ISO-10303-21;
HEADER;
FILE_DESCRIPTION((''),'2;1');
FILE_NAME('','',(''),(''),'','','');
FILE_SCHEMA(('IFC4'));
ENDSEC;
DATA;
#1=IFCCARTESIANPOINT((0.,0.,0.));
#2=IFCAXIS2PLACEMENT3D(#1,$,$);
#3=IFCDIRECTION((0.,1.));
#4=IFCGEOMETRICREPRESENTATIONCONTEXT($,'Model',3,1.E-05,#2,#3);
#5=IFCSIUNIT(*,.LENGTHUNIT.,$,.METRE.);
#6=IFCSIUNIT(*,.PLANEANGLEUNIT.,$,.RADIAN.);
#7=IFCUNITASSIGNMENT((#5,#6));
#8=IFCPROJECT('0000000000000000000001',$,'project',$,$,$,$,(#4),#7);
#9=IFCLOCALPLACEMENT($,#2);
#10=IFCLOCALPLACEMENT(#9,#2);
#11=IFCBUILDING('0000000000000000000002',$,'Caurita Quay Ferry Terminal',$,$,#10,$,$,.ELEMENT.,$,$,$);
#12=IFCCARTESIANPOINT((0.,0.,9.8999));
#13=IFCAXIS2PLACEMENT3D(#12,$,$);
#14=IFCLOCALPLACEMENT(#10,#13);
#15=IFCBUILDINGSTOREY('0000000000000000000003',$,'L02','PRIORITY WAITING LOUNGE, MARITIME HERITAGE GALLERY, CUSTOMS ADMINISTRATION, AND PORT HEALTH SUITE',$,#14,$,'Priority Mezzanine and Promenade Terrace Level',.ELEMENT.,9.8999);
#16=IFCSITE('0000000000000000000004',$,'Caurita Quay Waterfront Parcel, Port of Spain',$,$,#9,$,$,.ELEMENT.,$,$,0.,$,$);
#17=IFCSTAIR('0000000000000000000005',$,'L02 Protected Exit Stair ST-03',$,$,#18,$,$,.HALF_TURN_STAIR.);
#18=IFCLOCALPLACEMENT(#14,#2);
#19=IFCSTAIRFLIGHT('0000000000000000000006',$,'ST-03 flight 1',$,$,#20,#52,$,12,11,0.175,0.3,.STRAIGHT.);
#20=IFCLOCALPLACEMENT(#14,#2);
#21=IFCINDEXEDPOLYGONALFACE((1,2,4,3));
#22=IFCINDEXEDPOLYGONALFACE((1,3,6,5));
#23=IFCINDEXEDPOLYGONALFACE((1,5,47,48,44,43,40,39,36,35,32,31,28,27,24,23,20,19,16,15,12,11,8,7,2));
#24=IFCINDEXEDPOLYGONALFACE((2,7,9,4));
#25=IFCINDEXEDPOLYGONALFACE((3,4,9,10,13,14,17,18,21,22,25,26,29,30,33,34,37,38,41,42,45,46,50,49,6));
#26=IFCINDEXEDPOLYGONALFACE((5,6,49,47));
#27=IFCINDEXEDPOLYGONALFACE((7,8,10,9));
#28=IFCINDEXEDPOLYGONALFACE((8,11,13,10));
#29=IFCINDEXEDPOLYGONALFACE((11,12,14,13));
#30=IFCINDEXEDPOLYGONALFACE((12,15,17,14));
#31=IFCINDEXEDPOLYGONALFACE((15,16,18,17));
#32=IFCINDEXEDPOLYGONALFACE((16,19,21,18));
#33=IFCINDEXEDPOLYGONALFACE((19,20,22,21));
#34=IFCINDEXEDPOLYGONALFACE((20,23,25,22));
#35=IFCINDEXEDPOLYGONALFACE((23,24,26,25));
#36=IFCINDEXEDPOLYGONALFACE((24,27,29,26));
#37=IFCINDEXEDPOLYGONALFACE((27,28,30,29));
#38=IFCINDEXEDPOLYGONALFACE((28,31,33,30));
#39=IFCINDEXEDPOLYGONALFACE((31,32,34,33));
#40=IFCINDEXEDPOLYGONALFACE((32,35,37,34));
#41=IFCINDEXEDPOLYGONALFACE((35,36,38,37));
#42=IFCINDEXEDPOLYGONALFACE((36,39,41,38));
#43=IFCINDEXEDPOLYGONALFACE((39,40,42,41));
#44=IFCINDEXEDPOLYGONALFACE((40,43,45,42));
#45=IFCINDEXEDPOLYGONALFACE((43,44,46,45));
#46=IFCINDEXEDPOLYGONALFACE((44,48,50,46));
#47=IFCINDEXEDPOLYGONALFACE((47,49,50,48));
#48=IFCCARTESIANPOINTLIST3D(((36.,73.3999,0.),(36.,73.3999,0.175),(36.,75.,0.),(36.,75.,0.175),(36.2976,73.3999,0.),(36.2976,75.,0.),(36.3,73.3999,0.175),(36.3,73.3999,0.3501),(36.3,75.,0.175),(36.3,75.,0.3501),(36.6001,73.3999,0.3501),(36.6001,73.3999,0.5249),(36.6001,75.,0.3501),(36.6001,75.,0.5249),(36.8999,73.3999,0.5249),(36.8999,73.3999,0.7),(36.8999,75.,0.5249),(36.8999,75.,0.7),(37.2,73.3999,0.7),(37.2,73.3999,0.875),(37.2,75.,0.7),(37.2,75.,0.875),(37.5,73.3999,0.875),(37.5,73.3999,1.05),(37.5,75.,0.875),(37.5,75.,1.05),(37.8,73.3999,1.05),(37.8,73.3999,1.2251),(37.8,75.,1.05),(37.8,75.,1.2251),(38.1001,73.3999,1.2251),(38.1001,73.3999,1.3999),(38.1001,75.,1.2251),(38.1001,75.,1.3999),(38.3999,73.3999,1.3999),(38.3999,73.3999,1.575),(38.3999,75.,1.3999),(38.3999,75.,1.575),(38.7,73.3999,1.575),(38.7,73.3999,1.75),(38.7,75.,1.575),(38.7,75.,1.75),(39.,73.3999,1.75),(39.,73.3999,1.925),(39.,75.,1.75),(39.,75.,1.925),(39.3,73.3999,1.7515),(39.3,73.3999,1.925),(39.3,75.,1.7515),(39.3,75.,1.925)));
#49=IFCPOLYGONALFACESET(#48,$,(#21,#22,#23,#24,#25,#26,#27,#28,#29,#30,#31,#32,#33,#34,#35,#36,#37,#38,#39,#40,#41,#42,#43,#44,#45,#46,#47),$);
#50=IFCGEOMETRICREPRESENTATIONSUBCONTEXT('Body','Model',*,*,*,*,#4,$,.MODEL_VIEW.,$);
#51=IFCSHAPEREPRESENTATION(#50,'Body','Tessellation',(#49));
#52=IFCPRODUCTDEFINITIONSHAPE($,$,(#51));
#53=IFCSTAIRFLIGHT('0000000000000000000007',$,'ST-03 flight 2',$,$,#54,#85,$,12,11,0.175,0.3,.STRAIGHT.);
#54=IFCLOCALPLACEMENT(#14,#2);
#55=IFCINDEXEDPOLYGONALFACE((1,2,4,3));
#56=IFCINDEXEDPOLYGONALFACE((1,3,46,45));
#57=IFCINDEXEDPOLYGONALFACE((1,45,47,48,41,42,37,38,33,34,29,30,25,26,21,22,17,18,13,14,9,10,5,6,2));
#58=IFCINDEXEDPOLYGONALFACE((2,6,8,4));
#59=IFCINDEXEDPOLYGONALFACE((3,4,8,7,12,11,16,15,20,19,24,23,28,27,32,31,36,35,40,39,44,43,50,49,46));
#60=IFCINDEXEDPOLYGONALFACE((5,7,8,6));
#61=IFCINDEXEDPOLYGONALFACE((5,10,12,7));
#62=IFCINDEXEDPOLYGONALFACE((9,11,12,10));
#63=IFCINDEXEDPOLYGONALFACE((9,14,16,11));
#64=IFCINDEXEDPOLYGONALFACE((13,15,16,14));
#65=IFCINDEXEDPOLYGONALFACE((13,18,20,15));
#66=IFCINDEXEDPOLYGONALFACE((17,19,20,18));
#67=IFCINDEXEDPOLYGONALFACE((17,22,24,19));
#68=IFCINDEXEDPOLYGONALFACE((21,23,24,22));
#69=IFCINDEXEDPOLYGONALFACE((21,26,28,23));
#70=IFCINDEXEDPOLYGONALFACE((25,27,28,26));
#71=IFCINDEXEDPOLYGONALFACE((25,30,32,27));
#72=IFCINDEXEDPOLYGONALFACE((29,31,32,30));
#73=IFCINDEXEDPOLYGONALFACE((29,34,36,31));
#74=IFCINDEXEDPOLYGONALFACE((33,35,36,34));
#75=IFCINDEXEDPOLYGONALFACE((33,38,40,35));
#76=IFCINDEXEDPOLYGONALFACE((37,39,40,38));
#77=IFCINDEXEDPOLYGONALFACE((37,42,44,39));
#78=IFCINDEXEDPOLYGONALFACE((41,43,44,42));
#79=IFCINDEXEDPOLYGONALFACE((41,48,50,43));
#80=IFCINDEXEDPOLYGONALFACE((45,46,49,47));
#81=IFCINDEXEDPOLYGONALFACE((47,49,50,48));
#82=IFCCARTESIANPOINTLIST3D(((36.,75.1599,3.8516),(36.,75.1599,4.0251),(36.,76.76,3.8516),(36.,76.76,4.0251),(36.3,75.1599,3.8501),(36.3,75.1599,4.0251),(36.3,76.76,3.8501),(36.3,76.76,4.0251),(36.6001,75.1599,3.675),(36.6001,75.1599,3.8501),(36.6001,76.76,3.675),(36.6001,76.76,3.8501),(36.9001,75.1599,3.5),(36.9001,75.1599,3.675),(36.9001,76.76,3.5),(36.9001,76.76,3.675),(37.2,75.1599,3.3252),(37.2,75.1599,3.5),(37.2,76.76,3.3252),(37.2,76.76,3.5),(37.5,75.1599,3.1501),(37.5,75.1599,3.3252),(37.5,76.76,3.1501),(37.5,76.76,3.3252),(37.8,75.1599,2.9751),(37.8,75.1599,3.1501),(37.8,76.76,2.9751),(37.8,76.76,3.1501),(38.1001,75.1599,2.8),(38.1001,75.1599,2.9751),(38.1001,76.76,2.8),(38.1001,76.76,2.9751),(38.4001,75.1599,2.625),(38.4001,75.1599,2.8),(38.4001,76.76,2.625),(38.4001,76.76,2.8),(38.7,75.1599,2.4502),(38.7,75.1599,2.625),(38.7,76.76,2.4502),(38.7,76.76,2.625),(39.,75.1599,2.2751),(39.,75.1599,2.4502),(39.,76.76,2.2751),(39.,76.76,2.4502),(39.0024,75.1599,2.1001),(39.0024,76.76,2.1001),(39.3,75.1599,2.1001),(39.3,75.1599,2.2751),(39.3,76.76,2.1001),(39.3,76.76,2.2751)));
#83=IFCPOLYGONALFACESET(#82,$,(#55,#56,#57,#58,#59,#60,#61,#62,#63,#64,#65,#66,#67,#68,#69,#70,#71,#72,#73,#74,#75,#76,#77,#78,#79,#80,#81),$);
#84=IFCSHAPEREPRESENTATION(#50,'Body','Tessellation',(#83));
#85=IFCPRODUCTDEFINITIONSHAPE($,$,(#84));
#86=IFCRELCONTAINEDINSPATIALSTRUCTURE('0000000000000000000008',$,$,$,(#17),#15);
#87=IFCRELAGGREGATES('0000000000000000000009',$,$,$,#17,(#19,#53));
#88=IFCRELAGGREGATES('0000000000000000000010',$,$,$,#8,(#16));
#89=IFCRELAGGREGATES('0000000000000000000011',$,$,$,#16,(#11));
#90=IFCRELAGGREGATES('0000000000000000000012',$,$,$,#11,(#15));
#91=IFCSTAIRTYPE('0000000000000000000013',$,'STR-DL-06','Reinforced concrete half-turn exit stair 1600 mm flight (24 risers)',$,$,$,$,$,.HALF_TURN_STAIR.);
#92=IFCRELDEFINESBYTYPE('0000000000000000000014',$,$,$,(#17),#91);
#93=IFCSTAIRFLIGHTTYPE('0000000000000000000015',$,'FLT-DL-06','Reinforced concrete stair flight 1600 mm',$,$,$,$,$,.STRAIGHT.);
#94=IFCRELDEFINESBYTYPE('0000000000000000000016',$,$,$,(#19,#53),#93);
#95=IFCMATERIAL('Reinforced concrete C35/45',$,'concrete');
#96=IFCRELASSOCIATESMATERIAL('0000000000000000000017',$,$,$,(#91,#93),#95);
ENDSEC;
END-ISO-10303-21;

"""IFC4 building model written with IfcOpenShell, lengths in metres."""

from ifc_helpers import new_model, si_unit, direction, frame, origin, place, context, subcontext, project, spatial, polyline, outline, extrude, material, type_object, element, aggregate, save


model = new_model("IFC4")

# Units and contexts
model_context = context("Model", 3, precision=1e-05, world=origin(), true_north=direction((0.0, 1.0)))
body_context = subcontext(model_context, "Body", "Model", "MODEL_VIEW")
ifc_project = project(units=[si_unit("LENGTHUNIT", "METRE"), si_unit("PLANEANGLEUNIT", "RADIAN")], contexts=[model_context])

# Site, building, storey
site_placement = place(None, origin())
site = spatial("IfcSite", under=ifc_project, at=site_placement, Name="Caurita Quay Waterfront Parcel, Port of Spain", CompositionType="ELEMENT", RefElevation=0.0)
building_placement = place(site_placement, origin())
building = spatial("IfcBuilding", under=site, at=building_placement, Name="Caurita Quay Ferry Terminal", CompositionType="ELEMENT")
storey_placement = place(building_placement, frame((0.0, 0.0, 9.8999)))
storey = spatial("IfcBuildingStorey", under=building, at=storey_placement, Name="L02", Description="PRIORITY WAITING LOUNGE, MARITIME HERITAGE GALLERY, CUSTOMS ADMINISTRATION, AND PORT HEALTH SUITE", LongName="Priority Mezzanine and Promenade Terrace Level", CompositionType="ELEMENT", Elevation=9.8999)

# Shared definitions
ifc_material_1 = material(Name="Reinforced concrete C35/45", Category="concrete")

# Stair, stair flights
stair_type = type_object("IfcStairType", Name="STR-DL-06", Description="Reinforced concrete half-turn exit stair 1600 mm flight (24 risers)", PredefinedType="HALF_TURN_STAIR", material=ifc_material_1)
stair_placement = place(storey_placement, origin())
stair = element("IfcStair", 1, at=stair_placement, inside=storey, type_object=stair_type, Name="L02 Protected Exit Stair ST-03", PredefinedType="HALF_TURN_STAIR")
stair_flight_type = type_object("IfcStairFlightType", Name="FLT-DL-06", Description="Reinforced concrete stair flight 1600 mm", PredefinedType="STRAIGHT", material=ifc_material_1)
stair_flight_1_placement = place(storey_placement, frame((36.0, 74.2, 0.0), z_axis=(0.0, 0.0, 1.0), x_axis=(1.0, 0.0, 0.0)))
stair_flight_1 = element("IfcStairFlight", 2, at=stair_flight_1_placement, type_object=stair_flight_type, Name="ST-03 flight 1", NumberOfRisers=12, NumberOfTreads=11, PredefinedType="STRAIGHT", RiserHeight=0.175, TreadLength=0.3, context=body_context, shape_type="SweptSolid", body=[
    extrude(outline(polyline([(0.0, 0.0), (0.0, 0.175), (0.3, 0.175), (0.3, 0.3501), (0.6001, 0.3501), (0.6001, 0.5249), (0.8999, 0.5249), (0.8999, 0.7), (1.2, 0.7), (1.2, 0.875), (1.5, 0.875), (1.5, 1.05), (1.8, 1.05), (1.8, 1.2251), (2.1001, 1.2251), (2.1001, 1.3999), (2.3999, 1.3999), (2.3999, 1.575), (2.7, 1.575), (2.7, 1.75), (3.0, 1.75), (3.0, 1.925), (3.3, 1.925), (3.3, 2.1001), (3.3, 1.7515), (0.2976, 0.0), (0.0, 0.0)])), frame((0.0, 0.8, 0.0), z_axis=(0.0, -1.0, 0.0), x_axis=(1.0, 0.0, 0.0)), (0.0, 0.0, 1.0), 1.6001),
])
stair_flight_2_placement = place(storey_placement, frame((39.3, 75.96, 2.1001), z_axis=(0.0, 0.0, 1.0), x_axis=(-1.0, 0.0, 0.0)))
stair_flight_2 = element("IfcStairFlight", 3, at=stair_flight_2_placement, type_object=stair_flight_type, Name="ST-03 flight 2", NumberOfRisers=12, NumberOfTreads=11, PredefinedType="STRAIGHT", RiserHeight=0.175, TreadLength=0.3, context=body_context, shape_type="SweptSolid", body=[
    extrude(outline(polyline([(0.0, 0.0), (0.0, 0.175), (0.3, 0.175), (0.3, 0.3501), (0.6001, 0.3501), (0.6001, 0.5249), (0.8999, 0.5249), (0.8999, 0.7), (1.2, 0.7), (1.2, 0.875), (1.5, 0.875), (1.5, 1.05), (1.8, 1.05), (1.8, 1.2251), (2.1001, 1.2251), (2.1001, 1.3999), (2.3999, 1.3999), (2.3999, 1.575), (2.7, 1.575), (2.7, 1.75), (3.0, 1.75), (3.0, 1.925), (3.3, 1.925), (3.3, 2.1001), (3.3, 1.7515), (0.2976, 0.0), (0.0, 0.0)])), frame((0.0, 0.8, 0.0), z_axis=(0.0, -1.0, 0.0), x_axis=(1.0, 0.0, 0.0)), (0.0, 0.0, 1.0), 1.6001),
])
aggregate(stair, [stair_flight_1, stair_flight_2])

save(model, "model.ifc")
